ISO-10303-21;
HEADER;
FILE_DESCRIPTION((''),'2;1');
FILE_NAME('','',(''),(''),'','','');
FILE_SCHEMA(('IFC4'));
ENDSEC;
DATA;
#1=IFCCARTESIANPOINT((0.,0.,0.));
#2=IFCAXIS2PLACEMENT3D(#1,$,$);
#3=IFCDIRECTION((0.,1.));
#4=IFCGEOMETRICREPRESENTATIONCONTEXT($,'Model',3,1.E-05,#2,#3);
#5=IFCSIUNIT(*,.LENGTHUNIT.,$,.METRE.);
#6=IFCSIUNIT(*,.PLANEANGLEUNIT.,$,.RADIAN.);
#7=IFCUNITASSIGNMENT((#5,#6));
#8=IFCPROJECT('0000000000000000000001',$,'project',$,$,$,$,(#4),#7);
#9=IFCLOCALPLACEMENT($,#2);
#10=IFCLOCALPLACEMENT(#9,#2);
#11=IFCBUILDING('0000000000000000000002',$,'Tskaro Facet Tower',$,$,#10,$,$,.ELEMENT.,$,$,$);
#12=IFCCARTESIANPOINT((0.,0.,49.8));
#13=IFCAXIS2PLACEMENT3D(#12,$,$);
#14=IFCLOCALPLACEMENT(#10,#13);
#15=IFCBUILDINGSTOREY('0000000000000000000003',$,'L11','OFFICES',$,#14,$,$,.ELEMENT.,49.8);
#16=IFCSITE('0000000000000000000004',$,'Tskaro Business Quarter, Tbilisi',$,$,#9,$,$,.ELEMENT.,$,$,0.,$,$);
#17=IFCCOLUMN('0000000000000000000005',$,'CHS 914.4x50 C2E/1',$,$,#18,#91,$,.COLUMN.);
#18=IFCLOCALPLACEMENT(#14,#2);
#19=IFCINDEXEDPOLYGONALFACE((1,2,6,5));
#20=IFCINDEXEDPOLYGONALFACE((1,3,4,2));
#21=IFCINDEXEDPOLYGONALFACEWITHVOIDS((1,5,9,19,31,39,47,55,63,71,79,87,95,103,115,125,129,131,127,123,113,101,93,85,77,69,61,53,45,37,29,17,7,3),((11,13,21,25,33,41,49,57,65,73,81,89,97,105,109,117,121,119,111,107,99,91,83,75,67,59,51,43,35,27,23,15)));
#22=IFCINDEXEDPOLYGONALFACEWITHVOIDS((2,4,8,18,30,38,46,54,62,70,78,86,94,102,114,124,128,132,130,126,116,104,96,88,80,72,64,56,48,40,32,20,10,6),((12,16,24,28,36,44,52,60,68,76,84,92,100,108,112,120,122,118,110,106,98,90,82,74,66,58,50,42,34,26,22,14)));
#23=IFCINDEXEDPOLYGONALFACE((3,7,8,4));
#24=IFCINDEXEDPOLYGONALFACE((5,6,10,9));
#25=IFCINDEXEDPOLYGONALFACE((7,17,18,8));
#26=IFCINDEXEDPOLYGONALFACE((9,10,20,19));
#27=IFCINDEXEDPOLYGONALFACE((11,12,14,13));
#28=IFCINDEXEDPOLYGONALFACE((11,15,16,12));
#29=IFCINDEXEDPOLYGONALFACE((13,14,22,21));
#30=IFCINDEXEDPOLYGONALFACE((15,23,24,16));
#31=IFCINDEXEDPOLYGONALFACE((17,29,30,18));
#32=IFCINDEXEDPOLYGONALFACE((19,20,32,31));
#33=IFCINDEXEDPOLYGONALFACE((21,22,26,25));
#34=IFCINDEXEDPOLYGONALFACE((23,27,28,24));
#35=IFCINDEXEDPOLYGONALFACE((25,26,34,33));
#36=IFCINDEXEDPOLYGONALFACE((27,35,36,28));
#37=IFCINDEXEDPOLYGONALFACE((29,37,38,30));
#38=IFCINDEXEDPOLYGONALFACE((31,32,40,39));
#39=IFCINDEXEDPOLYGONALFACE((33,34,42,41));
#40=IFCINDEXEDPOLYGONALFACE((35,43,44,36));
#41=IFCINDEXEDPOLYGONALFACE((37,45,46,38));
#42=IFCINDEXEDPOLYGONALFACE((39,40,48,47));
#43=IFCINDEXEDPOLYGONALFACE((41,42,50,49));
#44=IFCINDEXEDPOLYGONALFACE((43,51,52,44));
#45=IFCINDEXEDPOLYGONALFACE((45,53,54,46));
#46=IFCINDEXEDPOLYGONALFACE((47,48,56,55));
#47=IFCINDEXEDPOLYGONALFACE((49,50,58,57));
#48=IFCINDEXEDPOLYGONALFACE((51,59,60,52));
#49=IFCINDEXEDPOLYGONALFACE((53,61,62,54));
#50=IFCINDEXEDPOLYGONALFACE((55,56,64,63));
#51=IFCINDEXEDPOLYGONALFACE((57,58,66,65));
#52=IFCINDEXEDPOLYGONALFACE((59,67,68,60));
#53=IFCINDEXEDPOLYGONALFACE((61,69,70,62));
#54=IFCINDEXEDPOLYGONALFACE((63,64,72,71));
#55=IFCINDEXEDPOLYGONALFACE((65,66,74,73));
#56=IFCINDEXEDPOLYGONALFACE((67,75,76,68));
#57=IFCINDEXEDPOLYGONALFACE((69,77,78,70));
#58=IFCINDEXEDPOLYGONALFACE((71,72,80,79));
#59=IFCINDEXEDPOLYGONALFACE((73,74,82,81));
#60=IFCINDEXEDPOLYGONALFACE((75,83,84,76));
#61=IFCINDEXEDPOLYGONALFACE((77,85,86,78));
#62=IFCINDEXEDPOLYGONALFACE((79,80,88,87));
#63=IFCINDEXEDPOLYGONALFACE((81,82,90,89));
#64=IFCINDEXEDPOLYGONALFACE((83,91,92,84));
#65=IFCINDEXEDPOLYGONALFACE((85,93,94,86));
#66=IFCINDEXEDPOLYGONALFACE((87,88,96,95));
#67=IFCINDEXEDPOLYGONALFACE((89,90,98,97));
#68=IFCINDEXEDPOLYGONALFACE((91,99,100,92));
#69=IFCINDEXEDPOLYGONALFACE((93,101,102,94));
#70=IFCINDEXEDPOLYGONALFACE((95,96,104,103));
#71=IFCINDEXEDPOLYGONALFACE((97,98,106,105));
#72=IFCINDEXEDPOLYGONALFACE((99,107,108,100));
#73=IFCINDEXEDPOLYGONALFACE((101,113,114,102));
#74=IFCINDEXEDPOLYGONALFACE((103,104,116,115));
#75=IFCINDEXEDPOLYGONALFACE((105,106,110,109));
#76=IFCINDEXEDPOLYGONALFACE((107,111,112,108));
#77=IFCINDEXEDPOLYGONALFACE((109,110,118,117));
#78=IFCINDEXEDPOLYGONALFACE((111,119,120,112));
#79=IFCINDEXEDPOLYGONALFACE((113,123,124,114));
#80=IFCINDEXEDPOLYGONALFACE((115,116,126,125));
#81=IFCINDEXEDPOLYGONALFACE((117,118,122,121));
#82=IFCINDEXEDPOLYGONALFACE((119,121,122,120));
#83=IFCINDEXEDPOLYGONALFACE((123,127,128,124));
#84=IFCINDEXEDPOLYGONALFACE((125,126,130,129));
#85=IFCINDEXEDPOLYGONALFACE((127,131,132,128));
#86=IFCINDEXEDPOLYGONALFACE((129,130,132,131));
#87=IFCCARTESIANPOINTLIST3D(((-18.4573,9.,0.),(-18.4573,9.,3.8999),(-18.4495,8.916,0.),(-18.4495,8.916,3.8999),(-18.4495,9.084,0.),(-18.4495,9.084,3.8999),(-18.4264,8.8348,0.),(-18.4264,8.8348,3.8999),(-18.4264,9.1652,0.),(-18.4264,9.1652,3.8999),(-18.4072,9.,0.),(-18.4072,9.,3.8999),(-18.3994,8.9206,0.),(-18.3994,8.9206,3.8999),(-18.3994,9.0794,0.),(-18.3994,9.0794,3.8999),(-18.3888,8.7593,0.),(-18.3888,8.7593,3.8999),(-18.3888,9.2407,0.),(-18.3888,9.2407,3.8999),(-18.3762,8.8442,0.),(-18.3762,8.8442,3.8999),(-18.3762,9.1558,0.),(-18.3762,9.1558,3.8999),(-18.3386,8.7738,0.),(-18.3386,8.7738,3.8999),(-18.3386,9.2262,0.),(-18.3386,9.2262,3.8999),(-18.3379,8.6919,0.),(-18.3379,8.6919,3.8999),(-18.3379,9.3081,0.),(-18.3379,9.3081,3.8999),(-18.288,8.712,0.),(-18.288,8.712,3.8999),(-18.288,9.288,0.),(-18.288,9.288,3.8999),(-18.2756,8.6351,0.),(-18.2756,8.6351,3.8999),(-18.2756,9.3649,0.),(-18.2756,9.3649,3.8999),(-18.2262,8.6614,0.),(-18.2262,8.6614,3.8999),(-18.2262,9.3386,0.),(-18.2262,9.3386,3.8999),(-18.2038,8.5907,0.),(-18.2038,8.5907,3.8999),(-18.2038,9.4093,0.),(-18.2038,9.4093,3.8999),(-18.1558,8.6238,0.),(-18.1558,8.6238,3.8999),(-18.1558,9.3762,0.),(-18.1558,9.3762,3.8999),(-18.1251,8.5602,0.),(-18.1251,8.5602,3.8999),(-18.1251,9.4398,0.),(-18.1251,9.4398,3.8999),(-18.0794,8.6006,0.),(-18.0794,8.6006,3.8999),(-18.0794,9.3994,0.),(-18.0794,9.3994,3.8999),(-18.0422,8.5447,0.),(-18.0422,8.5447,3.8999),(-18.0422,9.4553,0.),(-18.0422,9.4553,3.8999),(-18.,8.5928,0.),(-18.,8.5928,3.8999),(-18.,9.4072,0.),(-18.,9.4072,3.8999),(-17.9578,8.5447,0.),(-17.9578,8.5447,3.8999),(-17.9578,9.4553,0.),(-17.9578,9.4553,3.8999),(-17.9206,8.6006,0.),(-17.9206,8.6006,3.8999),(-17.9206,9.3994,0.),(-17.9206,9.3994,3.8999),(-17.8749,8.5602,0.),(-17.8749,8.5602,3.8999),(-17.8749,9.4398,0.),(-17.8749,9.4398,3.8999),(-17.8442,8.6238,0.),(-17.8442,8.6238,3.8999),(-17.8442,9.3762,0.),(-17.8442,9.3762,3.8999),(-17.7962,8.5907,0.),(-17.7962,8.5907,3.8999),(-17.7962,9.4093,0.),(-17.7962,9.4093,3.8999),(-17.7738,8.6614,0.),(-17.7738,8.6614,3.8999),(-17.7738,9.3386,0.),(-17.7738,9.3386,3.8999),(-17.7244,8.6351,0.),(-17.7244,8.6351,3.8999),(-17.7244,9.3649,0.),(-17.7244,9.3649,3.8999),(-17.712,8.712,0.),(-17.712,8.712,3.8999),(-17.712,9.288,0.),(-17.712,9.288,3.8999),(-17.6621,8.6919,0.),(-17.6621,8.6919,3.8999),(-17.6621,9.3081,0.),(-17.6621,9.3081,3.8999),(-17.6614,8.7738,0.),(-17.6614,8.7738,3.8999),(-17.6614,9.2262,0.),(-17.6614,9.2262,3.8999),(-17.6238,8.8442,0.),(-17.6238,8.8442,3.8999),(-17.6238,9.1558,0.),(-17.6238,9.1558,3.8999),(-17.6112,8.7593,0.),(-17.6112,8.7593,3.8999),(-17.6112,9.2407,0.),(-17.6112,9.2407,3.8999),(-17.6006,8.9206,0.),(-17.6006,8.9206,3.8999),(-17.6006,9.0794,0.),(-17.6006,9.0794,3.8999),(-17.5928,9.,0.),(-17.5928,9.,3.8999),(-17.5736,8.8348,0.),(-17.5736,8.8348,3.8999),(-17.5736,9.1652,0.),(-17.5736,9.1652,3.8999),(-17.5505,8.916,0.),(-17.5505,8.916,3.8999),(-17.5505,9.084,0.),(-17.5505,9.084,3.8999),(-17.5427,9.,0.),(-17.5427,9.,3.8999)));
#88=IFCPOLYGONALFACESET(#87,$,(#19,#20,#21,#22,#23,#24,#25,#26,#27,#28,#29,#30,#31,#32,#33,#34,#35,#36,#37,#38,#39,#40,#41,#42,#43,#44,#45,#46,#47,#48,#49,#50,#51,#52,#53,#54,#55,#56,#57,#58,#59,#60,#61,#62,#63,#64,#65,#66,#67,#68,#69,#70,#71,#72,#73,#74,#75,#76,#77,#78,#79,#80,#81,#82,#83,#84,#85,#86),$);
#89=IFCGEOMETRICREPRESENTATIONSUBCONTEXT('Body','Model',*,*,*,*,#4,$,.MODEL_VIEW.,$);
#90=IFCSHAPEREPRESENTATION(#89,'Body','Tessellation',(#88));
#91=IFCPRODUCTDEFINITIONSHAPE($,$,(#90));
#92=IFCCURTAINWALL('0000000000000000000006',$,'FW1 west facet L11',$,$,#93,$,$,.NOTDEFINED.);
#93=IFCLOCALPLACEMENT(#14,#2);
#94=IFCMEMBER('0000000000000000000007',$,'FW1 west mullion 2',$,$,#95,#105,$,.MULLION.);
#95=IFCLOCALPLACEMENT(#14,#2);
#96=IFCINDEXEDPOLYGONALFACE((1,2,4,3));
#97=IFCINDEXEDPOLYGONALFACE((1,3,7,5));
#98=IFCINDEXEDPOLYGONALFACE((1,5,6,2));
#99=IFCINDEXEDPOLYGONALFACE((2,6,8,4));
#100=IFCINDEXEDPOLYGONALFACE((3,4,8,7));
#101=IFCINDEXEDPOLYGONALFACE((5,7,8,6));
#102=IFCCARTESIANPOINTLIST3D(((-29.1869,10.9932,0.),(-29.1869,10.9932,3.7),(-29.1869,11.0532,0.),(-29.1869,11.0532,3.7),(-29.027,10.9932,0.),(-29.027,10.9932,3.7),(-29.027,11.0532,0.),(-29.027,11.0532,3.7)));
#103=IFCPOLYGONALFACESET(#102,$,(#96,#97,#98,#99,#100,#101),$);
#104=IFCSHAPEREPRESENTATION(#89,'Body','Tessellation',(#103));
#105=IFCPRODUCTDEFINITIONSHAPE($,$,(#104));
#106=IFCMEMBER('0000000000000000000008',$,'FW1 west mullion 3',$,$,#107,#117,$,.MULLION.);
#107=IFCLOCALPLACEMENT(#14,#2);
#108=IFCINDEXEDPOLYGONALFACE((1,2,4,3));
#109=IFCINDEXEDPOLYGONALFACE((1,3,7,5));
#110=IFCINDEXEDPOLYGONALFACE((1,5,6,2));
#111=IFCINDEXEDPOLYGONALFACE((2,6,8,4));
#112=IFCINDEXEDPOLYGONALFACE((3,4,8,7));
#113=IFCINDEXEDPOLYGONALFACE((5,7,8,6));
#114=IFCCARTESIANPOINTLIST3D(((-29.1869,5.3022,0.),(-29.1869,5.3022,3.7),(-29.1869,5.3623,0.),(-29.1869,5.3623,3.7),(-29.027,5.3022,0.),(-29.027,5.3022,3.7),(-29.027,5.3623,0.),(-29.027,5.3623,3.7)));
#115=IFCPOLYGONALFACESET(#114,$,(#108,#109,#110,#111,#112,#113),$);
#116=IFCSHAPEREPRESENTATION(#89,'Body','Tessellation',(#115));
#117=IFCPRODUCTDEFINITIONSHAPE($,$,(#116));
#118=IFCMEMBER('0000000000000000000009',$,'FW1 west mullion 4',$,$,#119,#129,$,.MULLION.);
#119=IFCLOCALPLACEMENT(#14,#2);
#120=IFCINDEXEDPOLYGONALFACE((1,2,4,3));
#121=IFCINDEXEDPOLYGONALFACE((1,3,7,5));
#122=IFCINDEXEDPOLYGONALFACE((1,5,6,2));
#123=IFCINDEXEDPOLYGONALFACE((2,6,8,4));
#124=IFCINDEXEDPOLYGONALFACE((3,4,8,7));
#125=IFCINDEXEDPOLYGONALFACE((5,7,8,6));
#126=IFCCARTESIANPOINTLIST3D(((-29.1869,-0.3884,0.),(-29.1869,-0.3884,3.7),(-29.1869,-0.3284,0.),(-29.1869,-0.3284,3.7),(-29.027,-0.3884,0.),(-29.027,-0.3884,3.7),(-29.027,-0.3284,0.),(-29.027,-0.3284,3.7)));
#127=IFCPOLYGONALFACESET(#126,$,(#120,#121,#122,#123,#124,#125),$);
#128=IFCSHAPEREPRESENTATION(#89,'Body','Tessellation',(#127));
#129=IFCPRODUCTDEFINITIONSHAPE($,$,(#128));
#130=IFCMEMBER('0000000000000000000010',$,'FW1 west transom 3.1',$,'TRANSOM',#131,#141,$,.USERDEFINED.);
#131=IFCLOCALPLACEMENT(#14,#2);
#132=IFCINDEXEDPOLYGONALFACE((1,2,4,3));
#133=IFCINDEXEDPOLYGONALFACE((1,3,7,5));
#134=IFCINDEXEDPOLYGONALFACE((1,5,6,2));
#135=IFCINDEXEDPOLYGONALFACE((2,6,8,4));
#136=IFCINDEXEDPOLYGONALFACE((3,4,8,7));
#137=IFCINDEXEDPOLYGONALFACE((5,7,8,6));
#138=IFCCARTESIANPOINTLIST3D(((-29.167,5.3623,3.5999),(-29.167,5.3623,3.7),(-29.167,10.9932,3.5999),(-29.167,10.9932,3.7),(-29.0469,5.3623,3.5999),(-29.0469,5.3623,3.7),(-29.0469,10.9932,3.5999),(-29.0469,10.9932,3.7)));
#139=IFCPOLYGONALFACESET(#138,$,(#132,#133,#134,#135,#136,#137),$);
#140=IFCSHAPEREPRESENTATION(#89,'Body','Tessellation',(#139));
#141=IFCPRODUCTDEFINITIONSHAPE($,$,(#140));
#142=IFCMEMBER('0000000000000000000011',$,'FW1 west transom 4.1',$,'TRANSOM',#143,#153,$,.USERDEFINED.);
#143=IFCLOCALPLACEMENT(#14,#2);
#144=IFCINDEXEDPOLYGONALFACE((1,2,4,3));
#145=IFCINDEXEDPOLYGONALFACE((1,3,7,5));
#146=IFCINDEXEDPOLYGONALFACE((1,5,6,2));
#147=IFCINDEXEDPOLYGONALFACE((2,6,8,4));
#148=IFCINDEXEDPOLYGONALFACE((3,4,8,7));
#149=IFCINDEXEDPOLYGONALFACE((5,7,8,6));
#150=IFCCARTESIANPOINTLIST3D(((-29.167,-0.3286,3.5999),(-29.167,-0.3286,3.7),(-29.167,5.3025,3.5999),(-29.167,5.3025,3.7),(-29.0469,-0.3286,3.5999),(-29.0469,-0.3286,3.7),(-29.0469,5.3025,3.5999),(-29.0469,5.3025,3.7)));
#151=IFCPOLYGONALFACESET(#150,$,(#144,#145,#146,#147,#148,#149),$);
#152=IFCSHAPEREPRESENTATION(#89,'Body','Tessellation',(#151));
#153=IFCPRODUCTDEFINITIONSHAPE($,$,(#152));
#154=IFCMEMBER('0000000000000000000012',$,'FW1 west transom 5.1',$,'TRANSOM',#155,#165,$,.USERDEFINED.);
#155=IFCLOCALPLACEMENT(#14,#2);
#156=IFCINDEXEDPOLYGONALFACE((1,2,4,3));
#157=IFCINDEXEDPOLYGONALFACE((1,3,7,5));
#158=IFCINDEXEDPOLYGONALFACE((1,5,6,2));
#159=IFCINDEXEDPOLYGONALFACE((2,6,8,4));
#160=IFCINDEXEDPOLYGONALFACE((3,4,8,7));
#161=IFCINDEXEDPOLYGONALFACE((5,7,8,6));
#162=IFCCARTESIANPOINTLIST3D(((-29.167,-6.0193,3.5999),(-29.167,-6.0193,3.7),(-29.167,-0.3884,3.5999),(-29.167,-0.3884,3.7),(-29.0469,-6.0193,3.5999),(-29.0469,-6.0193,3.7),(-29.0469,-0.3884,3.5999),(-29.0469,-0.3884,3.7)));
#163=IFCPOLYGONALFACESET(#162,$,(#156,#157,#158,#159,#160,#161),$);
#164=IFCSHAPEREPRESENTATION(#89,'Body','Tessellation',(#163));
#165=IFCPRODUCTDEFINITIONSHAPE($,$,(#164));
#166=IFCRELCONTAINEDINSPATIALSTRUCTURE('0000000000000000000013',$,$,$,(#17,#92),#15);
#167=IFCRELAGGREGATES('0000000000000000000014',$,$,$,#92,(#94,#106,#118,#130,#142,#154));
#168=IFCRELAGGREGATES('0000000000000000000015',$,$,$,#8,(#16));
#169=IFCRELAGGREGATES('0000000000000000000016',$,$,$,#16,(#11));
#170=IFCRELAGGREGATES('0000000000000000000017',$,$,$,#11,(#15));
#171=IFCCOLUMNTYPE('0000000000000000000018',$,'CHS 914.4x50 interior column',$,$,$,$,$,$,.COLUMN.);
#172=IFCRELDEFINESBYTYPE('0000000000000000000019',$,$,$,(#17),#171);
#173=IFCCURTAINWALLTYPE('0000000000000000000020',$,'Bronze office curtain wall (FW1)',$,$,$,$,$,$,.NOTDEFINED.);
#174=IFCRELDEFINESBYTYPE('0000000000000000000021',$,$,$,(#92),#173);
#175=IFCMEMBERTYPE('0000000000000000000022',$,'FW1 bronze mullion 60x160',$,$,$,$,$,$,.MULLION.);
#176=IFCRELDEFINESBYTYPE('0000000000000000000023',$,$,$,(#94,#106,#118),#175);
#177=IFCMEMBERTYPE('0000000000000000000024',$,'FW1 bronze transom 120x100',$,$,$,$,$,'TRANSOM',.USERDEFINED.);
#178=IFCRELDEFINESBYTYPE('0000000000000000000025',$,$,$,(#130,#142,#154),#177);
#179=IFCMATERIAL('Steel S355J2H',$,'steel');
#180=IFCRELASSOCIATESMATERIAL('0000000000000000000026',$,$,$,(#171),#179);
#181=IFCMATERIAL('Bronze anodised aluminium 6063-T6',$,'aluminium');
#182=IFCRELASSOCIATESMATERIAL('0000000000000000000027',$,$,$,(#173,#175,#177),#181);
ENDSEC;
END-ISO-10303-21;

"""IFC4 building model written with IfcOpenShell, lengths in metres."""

from ifc_helpers import new_model, si_unit, direction, frame, origin, origin_2d, place, context, subcontext, project, spatial, rectangle, hollow_circle, extrude, material, material_profile, profile_set, type_object, element, aggregate, save


model = new_model("IFC4")

# Units and contexts
model_context = context("Model", 3, precision=1e-05, world=origin(), true_north=direction((0.0, 1.0)))
body_context = subcontext(model_context, "Body", "Model", "MODEL_VIEW")
ifc_project = project(units=[si_unit("LENGTHUNIT", "METRE"), si_unit("PLANEANGLEUNIT", "RADIAN")], contexts=[model_context])

# Site, building, storey
site_placement = place(None, origin())
site = spatial("IfcSite", under=ifc_project, at=site_placement, Name="Tskaro Business Quarter, Tbilisi", CompositionType="ELEMENT", RefElevation=0.0)
building_placement = place(site_placement, origin())
building = spatial("IfcBuilding", under=site, at=building_placement, Name="Tskaro Facet Tower", CompositionType="ELEMENT")
storey_placement = place(building_placement, frame((0.0, 0.0, 49.8)))
storey = spatial("IfcBuildingStorey", under=building, at=storey_placement, Name="L11", Description="OFFICES", CompositionType="ELEMENT", Elevation=49.8)

# Column
ifc_material_1 = material(Name="Steel S355J2H", Category="steel")
ifc_material_profile_1 = material_profile(ifc_material_1, hollow_circle(Radius=0.4573, WallThickness=0.05, at=origin_2d()), Name="CHS 914.4x50")
ifc_profile_set_1 = profile_set([ifc_material_profile_1], Name="Steel S355J2H")
column_type_1 = type_object("IfcColumnType", Name="CHS 914.4x50 interior column", PredefinedType="COLUMN", material=ifc_profile_set_1)
for number, where, z_axis, x_axis, name in (
    (1, (-18.0, 9.0, 0.0), (0.0, 0.0, 1.0), (1.0, 0.0, 0.0), "CHS 914.4x50 C2E/1"),
):
    element("IfcColumn", number, at=place(storey_placement, frame(where, z_axis=z_axis, x_axis=x_axis)), inside=storey, type_object=column_type_1, Name=name, PredefinedType="COLUMN", context=body_context, shape_type="SweptSolid", body=[
        extrude(hollow_circle(Radius=0.4573, WallThickness=0.05, at=origin_2d()), origin(), (0.0, 0.0, 1.0), 3.8999),
    ])

# Curtain wall, members
ifc_material_2 = material(Name="Bronze anodised aluminium 6063-T6", Category="aluminium")
curtain_wall_type = type_object("IfcCurtainWallType", Name="Bronze office curtain wall (FW1)", PredefinedType="NOTDEFINED", material=ifc_material_2)
curtain_wall_placement = place(storey_placement, origin())
curtain_wall = element("IfcCurtainWall", 2, at=curtain_wall_placement, inside=storey, type_object=curtain_wall_type, Name="FW1 west facet L11", PredefinedType="NOTDEFINED")
ifc_material_profile_2 = material_profile(ifc_material_2, rectangle(XDim=0.0601, YDim=0.1599, at=origin_2d()), Name="Mullion 60x160")
ifc_profile_set_2 = profile_set([ifc_material_profile_2], Name="Bronze anodised aluminium 6063-T6")
member_type_1 = type_object("IfcMemberType", Name="FW1 bronze mullion 60x160", PredefinedType="MULLION", material=ifc_profile_set_2)
member_1_placement = place(storey_placement, frame((-29.1069, 11.0232, 0.0), z_axis=(0.0, 0.0, 1.0), x_axis=(0.0, -1.0, 0.0)))
member_1 = element("IfcMember", 3, at=member_1_placement, type_object=member_type_1, Name="FW1 west mullion 2", PredefinedType="MULLION", context=body_context, shape_type="SweptSolid", body=[
    extrude(rectangle(XDim=0.0601, YDim=0.1599, at=origin_2d()), origin(), (0.0, 0.0, 1.0), 3.7),
])
member_2_placement = place(storey_placement, frame((-29.1069, 5.3323, 0.0), z_axis=(0.0, 0.0, 1.0), x_axis=(0.0, -1.0, 0.0)))
member_2 = element("IfcMember", 4, at=member_2_placement, type_object=member_type_1, Name="FW1 west mullion 3", PredefinedType="MULLION", context=body_context, shape_type="SweptSolid", body=[
    extrude(rectangle(XDim=0.0601, YDim=0.1599, at=origin_2d()), origin(), (0.0, 0.0, 1.0), 3.7),
])
member_3_placement = place(storey_placement, frame((-29.1069, -0.3584, 0.0), z_axis=(0.0, 0.0, 1.0), x_axis=(0.0, -1.0, 0.0)))
member_3 = element("IfcMember", 5, at=member_3_placement, type_object=member_type_1, Name="FW1 west mullion 4", PredefinedType="MULLION", context=body_context, shape_type="SweptSolid", body=[
    extrude(rectangle(XDim=0.0601, YDim=0.1599, at=origin_2d()), origin(), (0.0, 0.0, 1.0), 3.7),
])
ifc_material_profile_3 = material_profile(ifc_material_2, rectangle(XDim=0.1201, YDim=0.1001, at=origin_2d()), Name="Transom 120x100")
ifc_profile_set_3 = profile_set([ifc_material_profile_3], Name="Bronze anodised aluminium 6063-T6")
member_type_2 = type_object("IfcMemberType", Name="FW1 bronze transom 120x100", ElementType="TRANSOM", PredefinedType="USERDEFINED", material=ifc_profile_set_3)
member_4_placement = place(storey_placement, frame((-29.1069, 10.9932, 3.6499), z_axis=(0.0, -1.0, 0.0), x_axis=(1.0, 0.0, 0.0)))
member_4 = element("IfcMember", 6, at=member_4_placement, type_object=member_type_2, Name="FW1 west transom 3.1", ObjectType="TRANSOM", PredefinedType="USERDEFINED", context=body_context, shape_type="SweptSolid", body=[
    extrude(rectangle(XDim=0.1201, YDim=0.1001, at=origin_2d()), origin(), (0.0, 0.0, 1.0), 5.6309),
])
member_5_placement = place(storey_placement, frame((-29.1069, 5.3025, 3.6499), z_axis=(0.0, -1.0, 0.0), x_axis=(1.0, 0.0, 0.0)))
member_5 = element("IfcMember", 7, at=member_5_placement, type_object=member_type_2, Name="FW1 west transom 4.1", ObjectType="TRANSOM", PredefinedType="USERDEFINED", context=body_context, shape_type="SweptSolid", body=[
    extrude(rectangle(XDim=0.1201, YDim=0.1001, at=origin_2d()), origin(), (0.0, 0.0, 1.0), 5.6311),
])
member_6_placement = place(storey_placement, frame((-29.1069, -0.3884, 3.6499), z_axis=(0.0, -1.0, 0.0), x_axis=(1.0, 0.0, 0.0)))
member_6 = element("IfcMember", 8, at=member_6_placement, type_object=member_type_2, Name="FW1 west transom 5.1", ObjectType="TRANSOM", PredefinedType="USERDEFINED", context=body_context, shape_type="SweptSolid", body=[
    extrude(rectangle(XDim=0.1201, YDim=0.1001, at=origin_2d()), origin(), (0.0, 0.0, 1.0), 5.6309),
])

aggregate(curtain_wall, [member_1, member_2, member_3, member_4, member_5, member_6])

save(model, "model.ifc")
